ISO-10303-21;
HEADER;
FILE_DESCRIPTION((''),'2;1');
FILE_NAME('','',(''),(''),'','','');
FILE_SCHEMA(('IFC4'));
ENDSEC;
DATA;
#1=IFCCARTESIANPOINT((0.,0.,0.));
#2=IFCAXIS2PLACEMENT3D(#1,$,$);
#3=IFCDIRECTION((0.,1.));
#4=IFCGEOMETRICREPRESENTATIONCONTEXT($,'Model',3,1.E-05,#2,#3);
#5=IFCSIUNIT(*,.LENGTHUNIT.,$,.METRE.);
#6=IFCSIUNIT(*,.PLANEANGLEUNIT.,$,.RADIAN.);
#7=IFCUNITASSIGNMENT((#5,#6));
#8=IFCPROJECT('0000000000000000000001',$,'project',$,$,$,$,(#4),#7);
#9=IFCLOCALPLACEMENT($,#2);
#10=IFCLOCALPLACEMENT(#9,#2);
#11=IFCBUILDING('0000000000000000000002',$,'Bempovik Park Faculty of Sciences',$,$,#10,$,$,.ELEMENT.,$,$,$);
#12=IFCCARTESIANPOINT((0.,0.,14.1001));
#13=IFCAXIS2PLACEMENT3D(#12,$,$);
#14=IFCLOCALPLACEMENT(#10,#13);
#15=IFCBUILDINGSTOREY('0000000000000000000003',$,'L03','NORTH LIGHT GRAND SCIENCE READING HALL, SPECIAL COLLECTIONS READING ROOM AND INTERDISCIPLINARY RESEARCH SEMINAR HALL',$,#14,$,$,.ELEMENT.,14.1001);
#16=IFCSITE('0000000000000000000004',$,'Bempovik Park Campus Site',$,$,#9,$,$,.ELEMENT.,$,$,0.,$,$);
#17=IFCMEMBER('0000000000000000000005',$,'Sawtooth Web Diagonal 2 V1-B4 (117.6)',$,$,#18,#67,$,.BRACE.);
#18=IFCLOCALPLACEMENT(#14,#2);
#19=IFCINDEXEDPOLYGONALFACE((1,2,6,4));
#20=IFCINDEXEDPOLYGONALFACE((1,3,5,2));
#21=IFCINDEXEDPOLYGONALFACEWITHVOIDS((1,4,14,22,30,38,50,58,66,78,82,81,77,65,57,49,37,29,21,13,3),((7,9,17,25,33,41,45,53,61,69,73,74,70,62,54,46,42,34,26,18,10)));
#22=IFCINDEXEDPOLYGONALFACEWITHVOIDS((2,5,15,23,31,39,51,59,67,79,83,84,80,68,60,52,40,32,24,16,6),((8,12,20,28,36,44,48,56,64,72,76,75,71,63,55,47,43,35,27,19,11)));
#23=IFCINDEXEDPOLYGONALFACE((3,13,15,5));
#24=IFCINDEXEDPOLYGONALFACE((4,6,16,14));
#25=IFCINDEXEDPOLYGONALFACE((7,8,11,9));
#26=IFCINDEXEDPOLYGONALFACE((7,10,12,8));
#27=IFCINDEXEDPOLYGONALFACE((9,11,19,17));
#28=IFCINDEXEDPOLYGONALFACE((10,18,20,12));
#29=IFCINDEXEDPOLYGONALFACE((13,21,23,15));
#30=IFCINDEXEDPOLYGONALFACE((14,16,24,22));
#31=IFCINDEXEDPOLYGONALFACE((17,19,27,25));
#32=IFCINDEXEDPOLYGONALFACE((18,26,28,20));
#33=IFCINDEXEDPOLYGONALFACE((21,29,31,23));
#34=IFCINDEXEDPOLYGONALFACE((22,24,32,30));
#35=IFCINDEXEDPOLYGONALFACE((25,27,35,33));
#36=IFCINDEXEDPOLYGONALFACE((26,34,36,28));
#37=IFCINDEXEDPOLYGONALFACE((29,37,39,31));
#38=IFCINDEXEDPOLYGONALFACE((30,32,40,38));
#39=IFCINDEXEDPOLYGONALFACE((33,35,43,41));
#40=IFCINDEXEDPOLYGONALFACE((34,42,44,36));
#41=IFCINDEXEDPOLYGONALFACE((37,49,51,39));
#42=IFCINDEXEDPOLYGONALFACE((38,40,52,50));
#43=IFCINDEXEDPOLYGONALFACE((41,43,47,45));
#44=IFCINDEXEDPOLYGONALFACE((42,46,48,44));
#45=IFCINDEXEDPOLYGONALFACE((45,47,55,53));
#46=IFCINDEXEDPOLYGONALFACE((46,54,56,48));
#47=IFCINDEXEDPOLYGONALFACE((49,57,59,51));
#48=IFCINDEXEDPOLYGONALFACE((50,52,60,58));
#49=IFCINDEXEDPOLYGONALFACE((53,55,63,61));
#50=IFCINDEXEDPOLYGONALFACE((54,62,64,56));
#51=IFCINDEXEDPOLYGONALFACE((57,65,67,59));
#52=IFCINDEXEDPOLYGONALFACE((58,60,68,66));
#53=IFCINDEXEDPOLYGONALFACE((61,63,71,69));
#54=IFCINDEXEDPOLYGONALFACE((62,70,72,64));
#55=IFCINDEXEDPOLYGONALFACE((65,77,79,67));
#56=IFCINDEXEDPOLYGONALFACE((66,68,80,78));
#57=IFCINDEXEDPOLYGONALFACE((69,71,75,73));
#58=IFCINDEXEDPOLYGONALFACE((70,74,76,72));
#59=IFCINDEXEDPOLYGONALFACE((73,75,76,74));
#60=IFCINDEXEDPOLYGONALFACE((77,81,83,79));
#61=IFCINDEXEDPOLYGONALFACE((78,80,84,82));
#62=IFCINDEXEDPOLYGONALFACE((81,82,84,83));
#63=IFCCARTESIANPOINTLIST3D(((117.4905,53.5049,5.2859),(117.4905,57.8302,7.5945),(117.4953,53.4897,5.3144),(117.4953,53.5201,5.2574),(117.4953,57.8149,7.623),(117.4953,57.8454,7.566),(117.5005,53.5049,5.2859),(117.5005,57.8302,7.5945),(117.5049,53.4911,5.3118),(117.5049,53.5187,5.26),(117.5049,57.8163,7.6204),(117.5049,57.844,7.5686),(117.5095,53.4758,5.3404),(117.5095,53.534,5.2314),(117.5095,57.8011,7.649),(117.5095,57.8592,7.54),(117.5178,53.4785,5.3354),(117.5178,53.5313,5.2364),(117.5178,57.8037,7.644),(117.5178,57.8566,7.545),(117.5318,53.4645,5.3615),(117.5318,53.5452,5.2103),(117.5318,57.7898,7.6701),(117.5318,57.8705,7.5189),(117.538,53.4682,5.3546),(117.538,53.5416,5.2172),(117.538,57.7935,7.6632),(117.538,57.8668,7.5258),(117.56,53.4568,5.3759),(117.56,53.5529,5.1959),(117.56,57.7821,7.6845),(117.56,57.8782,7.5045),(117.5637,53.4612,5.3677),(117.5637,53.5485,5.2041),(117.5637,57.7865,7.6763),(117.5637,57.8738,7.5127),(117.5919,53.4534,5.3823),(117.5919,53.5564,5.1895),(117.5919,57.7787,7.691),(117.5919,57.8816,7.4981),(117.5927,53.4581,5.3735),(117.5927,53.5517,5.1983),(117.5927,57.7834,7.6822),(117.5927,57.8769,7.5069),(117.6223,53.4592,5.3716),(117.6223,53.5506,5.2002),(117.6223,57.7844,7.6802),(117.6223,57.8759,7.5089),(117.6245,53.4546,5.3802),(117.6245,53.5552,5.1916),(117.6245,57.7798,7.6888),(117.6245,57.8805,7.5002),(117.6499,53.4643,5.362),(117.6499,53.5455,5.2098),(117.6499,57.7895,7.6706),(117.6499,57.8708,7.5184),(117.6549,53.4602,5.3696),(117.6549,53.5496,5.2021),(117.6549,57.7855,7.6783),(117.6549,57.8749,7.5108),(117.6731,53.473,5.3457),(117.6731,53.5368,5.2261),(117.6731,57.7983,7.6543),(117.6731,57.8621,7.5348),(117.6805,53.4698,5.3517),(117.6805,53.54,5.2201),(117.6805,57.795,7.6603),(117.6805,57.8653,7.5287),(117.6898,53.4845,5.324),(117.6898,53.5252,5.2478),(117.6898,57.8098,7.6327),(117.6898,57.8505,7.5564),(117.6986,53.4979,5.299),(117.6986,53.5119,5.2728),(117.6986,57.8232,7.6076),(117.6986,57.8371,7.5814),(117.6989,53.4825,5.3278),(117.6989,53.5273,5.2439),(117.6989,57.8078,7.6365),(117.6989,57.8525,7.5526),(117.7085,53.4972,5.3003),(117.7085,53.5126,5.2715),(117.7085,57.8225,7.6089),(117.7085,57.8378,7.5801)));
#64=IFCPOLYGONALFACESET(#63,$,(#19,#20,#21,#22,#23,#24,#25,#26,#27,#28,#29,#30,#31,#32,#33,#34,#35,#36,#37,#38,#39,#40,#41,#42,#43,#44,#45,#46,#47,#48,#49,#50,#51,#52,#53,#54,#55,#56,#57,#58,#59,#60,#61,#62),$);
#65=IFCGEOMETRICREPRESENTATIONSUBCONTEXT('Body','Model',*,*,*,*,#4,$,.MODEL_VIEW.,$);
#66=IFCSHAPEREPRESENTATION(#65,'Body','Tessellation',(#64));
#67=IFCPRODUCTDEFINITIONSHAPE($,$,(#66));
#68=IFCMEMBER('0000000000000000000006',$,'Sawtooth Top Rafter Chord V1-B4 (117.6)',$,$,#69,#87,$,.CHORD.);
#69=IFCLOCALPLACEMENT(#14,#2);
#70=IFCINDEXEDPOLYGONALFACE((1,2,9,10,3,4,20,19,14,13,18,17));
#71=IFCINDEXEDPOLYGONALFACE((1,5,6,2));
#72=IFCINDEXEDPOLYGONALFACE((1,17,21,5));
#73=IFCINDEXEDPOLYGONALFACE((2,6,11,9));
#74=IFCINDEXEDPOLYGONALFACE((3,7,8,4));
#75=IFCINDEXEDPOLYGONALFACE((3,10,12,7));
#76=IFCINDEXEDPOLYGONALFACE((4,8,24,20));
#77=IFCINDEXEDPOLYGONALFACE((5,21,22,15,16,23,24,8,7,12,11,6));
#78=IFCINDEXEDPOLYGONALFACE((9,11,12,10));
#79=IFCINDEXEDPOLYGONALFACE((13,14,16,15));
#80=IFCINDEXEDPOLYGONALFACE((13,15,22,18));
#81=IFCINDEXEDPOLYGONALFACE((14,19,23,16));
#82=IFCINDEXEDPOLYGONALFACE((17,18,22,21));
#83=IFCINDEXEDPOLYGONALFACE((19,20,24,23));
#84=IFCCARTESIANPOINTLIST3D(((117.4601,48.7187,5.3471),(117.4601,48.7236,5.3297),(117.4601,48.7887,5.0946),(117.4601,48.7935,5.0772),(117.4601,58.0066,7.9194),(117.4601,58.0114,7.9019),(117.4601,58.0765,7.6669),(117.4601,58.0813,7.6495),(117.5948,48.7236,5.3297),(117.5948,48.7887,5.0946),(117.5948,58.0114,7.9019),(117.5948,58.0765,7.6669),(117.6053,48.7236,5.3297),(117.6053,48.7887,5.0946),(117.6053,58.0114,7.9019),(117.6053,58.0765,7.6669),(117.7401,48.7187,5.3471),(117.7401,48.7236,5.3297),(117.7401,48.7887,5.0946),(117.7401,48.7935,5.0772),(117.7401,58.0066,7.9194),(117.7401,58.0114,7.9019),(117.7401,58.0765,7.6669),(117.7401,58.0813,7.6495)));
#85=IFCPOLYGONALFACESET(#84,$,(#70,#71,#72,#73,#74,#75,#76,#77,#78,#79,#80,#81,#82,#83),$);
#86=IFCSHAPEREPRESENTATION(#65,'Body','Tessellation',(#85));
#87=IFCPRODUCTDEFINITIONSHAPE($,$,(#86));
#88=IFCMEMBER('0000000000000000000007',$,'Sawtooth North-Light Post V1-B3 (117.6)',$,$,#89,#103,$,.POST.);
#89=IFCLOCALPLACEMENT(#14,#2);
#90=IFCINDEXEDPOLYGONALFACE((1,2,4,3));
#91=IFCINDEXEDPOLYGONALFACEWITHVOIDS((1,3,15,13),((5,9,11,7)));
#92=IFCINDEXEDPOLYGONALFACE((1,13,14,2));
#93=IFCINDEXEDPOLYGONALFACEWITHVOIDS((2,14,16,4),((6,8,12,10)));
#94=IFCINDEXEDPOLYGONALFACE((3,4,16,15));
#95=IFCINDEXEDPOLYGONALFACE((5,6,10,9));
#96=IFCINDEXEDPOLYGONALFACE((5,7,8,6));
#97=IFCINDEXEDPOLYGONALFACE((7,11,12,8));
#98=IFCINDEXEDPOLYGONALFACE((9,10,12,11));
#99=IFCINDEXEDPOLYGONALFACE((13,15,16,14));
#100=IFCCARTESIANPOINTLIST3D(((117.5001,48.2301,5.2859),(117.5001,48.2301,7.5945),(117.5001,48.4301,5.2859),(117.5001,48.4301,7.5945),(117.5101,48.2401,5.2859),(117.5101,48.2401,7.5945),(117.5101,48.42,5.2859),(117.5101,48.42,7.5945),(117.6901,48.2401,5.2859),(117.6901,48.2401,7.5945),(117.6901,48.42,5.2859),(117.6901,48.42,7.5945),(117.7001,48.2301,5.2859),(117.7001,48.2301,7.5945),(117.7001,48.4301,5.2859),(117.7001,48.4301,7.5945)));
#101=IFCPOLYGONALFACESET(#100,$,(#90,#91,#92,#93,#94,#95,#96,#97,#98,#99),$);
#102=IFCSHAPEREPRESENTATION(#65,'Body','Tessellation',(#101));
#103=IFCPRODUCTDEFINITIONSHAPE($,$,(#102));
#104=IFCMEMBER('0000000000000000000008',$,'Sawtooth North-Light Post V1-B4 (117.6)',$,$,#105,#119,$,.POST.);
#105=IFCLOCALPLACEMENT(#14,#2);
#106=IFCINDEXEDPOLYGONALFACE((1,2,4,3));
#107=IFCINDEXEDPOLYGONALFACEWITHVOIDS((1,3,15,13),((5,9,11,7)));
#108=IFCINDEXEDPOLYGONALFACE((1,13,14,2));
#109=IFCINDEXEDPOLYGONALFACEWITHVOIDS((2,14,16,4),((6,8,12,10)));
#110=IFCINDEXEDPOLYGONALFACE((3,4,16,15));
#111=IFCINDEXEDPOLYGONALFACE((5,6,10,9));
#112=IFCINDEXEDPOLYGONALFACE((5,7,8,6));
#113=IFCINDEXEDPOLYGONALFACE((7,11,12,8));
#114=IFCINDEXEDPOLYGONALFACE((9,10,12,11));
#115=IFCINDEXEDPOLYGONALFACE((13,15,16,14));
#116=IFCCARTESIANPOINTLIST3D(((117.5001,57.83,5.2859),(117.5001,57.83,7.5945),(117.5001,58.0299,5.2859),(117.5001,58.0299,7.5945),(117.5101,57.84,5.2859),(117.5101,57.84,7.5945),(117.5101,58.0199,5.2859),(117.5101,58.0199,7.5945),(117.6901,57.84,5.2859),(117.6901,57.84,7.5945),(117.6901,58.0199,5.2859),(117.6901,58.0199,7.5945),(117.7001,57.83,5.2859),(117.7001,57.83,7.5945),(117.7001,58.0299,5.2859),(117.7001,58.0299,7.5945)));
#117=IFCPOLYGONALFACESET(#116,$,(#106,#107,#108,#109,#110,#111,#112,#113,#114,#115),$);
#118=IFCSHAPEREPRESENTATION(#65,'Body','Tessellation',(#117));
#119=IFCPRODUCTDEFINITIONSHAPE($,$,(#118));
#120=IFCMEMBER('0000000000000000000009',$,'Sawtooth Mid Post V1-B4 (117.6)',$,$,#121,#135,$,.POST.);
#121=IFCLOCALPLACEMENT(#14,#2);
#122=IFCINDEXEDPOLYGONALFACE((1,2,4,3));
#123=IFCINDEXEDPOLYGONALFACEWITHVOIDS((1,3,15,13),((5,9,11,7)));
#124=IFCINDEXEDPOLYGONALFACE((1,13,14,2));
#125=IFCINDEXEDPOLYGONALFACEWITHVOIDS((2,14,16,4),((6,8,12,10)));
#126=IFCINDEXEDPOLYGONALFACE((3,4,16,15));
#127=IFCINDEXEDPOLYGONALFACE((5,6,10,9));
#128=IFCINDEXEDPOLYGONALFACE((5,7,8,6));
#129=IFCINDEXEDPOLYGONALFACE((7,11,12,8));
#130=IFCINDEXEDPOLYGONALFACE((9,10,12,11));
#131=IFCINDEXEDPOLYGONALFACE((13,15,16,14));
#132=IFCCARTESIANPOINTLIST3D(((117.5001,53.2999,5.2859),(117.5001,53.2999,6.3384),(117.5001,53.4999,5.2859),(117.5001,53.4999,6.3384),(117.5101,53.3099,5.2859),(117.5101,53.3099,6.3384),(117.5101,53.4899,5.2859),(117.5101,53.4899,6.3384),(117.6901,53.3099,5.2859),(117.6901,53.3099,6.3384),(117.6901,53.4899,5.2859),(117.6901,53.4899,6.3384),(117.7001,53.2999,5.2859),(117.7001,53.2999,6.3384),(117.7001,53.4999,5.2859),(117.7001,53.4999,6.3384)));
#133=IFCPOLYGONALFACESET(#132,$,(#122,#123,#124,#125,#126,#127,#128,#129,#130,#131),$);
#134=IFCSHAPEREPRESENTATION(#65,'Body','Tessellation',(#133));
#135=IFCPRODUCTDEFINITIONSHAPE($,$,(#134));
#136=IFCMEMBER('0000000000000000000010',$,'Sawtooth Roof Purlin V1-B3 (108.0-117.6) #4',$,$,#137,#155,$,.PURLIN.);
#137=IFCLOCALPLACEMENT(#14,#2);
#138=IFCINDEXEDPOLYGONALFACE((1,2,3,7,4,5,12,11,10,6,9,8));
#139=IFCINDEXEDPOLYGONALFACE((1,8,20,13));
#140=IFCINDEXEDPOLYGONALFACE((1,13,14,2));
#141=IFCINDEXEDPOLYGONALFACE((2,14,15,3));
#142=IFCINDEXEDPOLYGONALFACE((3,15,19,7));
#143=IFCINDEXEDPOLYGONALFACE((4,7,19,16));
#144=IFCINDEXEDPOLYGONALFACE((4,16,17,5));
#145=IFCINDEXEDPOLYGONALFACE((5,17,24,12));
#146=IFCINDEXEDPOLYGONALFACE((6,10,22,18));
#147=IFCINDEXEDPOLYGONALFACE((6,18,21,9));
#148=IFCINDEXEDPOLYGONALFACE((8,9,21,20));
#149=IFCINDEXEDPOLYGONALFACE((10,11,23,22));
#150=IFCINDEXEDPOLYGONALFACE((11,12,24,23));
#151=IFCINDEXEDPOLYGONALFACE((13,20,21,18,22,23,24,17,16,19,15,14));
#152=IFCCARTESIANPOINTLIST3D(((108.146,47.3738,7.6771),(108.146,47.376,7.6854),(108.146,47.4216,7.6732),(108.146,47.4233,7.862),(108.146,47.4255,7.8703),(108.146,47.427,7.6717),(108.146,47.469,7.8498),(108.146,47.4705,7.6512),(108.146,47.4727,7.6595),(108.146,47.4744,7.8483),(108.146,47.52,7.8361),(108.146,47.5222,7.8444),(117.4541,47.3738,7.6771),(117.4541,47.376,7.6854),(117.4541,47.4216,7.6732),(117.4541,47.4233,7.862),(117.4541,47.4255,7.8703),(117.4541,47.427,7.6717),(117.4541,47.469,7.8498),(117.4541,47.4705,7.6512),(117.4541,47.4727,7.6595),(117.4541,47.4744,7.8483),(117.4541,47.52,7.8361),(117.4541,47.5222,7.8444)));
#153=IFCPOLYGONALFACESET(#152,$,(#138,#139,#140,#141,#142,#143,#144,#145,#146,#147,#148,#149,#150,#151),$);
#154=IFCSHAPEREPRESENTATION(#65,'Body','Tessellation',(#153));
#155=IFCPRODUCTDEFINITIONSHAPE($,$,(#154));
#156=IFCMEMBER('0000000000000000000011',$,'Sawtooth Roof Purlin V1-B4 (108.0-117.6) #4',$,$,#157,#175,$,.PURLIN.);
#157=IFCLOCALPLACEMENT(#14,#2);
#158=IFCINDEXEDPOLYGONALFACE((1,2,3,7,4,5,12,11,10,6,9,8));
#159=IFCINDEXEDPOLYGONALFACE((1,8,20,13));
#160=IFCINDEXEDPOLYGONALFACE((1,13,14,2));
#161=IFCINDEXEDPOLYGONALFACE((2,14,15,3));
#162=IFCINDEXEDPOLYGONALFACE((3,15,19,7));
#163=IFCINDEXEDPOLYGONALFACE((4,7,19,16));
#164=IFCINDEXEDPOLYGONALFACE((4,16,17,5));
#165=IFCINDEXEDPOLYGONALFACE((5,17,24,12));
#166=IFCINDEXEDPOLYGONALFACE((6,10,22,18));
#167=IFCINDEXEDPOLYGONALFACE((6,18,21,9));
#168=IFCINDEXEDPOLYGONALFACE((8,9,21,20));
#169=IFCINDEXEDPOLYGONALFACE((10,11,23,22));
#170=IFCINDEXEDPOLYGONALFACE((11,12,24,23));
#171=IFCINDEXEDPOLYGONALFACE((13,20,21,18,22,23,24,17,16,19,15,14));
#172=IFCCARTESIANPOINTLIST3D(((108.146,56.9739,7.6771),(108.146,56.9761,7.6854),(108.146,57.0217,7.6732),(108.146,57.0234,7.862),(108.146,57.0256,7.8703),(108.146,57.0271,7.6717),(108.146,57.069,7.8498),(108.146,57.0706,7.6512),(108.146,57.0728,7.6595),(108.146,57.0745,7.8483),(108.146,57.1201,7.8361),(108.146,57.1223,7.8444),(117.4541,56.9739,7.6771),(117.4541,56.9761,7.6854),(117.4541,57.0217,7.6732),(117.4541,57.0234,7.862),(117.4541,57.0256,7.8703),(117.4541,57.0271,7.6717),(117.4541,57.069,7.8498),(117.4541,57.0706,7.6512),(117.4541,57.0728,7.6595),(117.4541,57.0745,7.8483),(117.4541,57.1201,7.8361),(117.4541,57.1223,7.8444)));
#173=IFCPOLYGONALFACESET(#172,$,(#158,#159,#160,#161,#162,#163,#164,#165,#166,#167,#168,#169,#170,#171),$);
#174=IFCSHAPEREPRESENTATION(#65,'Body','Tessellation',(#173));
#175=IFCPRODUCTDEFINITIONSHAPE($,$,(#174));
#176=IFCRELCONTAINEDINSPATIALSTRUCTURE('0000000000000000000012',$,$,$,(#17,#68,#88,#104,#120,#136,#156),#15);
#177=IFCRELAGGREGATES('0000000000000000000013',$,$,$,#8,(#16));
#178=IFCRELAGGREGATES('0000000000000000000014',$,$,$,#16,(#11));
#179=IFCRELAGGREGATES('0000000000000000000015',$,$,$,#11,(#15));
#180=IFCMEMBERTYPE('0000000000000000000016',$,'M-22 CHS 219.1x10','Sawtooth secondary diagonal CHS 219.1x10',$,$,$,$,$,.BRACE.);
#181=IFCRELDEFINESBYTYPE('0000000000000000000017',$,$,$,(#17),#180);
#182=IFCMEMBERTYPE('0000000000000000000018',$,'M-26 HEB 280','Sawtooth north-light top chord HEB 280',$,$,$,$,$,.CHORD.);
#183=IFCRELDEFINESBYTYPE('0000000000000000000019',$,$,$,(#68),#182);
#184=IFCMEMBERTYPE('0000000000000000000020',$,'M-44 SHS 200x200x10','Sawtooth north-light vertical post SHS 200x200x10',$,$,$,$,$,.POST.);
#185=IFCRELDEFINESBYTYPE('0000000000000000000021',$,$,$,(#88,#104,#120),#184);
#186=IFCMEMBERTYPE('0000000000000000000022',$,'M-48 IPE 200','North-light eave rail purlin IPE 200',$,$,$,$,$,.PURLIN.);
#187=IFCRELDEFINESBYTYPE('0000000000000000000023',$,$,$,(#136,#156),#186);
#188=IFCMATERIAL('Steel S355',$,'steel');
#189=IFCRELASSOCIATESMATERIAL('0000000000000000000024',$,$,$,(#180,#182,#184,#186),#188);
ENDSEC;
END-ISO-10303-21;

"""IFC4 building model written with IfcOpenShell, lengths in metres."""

from ifc_helpers import new_model, si_unit, direction, frame, origin, origin_2d, place, context, subcontext, project, spatial, hollow_rectangle, hollow_circle, i_section, extrude, material, material_profile, profile_set, type_object, element, save


model = new_model("IFC4")

# Units and contexts
model_context = context("Model", 3, precision=1e-05, world=origin(), true_north=direction((0.0, 1.0)))
body_context = subcontext(model_context, "Body", "Model", "MODEL_VIEW")
ifc_project = project(units=[si_unit("LENGTHUNIT", "METRE"), si_unit("PLANEANGLEUNIT", "RADIAN")], contexts=[model_context])

# Site, building, storey
site_placement = place(None, origin())
site = spatial("IfcSite", under=ifc_project, at=site_placement, Name="Bempovik Park Campus Site", CompositionType="ELEMENT", RefElevation=0.0)
building_placement = place(site_placement, origin())
building = spatial("IfcBuilding", under=site, at=building_placement, Name="Bempovik Park Faculty of Sciences", CompositionType="ELEMENT")
storey_placement = place(building_placement, frame((0.0, 0.0, 14.1001)))
storey = spatial("IfcBuildingStorey", under=building, at=storey_placement, Name="L03", Description="NORTH LIGHT GRAND SCIENCE READING HALL, SPECIAL COLLECTIONS READING ROOM AND INTERDISCIPLINARY RESEARCH SEMINAR HALL", CompositionType="ELEMENT", Elevation=14.1001)

# Shared definitions
ifc_material_1 = material(Name="Steel S355", Category="steel")

# Members
ifc_material_profile_1 = material_profile(ifc_material_1, hollow_circle(Radius=0.1096, WallThickness=0.01, at=origin_2d()), Name="CHS 219.1x10")
ifc_profile_set_1 = profile_set([ifc_material_profile_1], Name="Steel S355")
member_type_1 = type_object("IfcMemberType", Name="M-22 CHS 219.1x10", Description="Sawtooth secondary diagonal CHS 219.1x10", PredefinedType="BRACE", material=ifc_profile_set_1)
member_1_placement = place(storey_placement, frame((117.6001, 53.5049, 5.2859), z_axis=(0.0, 0.882199, 0.470878), x_axis=(-1.0, 0.0, 0.0)))
element("IfcMember", 1, at=member_1_placement, inside=storey, type_object=member_type_1, Name="Sawtooth Web Diagonal 2 V1-B4 (117.6)", PredefinedType="BRACE", context=body_context, shape_type="SweptSolid", body=[
    extrude(hollow_circle(Radius=0.1096, WallThickness=0.01, at=origin_2d()), origin(), (0.0, 0.0, 1.0), 4.9028),
])
ifc_material_profile_2 = material_profile(ifc_material_1, i_section(OverallWidth=0.28, OverallDepth=0.28, WebThickness=0.0105, FlangeThickness=0.0181, at=origin_2d()), Name="HEB 280")
ifc_profile_set_2 = profile_set([ifc_material_profile_2], Name="Steel S355")
member_type_2 = type_object("IfcMemberType", Name="M-26 HEB 280", Description="Sawtooth north-light top chord HEB 280", PredefinedType="CHORD", material=ifc_profile_set_2)
member_2_placement = place(storey_placement, frame((117.6001, 48.7561, 5.2122), z_axis=(0.0, 0.963723, 0.266903), x_axis=(-1.0, 0.0, 0.0)))
element("IfcMember", 2, at=member_2_placement, inside=storey, type_object=member_type_2, Name="Sawtooth Top Rafter Chord V1-B4 (117.6)", PredefinedType="CHORD", context=body_context, shape_type="SweptSolid", body=[
    extrude(i_section(OverallWidth=0.28, OverallDepth=0.28, WebThickness=0.0105, FlangeThickness=0.0181, at=origin_2d()), origin(), (0.0, 0.0, 1.0), 9.6375),
])
ifc_material_profile_3 = material_profile(ifc_material_1, hollow_rectangle(XDim=0.2, YDim=0.2, WallThickness=0.01, at=origin_2d()), Name="SHS 200x200x10")
ifc_profile_set_3 = profile_set([ifc_material_profile_3], Name="Steel S355")
member_type_3 = type_object("IfcMemberType", Name="M-44 SHS 200x200x10", Description="Sawtooth north-light vertical post SHS 200x200x10", PredefinedType="POST", material=ifc_profile_set_3)
for number, where, z_axis, x_axis, name in (
    (3, (117.6001, 48.3301, 5.2859), (0.0, 0.0, 1.0), (1.0, 0.0, 0.0), "Sawtooth North-Light Post V1-B3 (117.6)"),
    (4, (117.6001, 57.9299, 5.2859), (0.0, 0.0, 1.0), (1.0, 0.0, 0.0), "Sawtooth North-Light Post V1-B4 (117.6)"),
):
    element("IfcMember", number, at=place(storey_placement, frame(where, z_axis=z_axis, x_axis=x_axis)), inside=storey, type_object=member_type_3, Name=name, PredefinedType="POST", context=body_context, shape_type="SweptSolid", body=[
        extrude(hollow_rectangle(XDim=0.2, YDim=0.2, WallThickness=0.01, at=origin_2d()), origin(), (0.0, 0.0, 1.0), 2.3086),
    ])
member_3_placement = place(storey_placement, frame((117.6001, 53.3999, 5.2859), z_axis=(0.0, 0.0, 1.0), x_axis=(1.0, 0.0, 0.0)))
element("IfcMember", 5, at=member_3_placement, inside=storey, type_object=member_type_3, Name="Sawtooth Mid Post V1-B4 (117.6)", PredefinedType="POST", context=body_context, shape_type="SweptSolid", body=[
    extrude(hollow_rectangle(XDim=0.2, YDim=0.2, WallThickness=0.01, at=origin_2d()), origin(), (0.0, 0.0, 1.0), 1.0525),
])
ifc_material_profile_4 = material_profile(ifc_material_1, i_section(OverallWidth=0.1001, OverallDepth=0.2, WebThickness=0.0056, FlangeThickness=0.0085, at=origin_2d()), Name="IPE 200")
ifc_profile_set_4 = profile_set([ifc_material_profile_4], Name="Steel S355")
member_type_4 = type_object("IfcMemberType", Name="M-48 IPE 200", Description="North-light eave rail purlin IPE 200", PredefinedType="PURLIN", material=ifc_profile_set_4)
for number, where, z_axis, x_axis, name in (
    (6, (108.146, 47.448, 7.7607), (1.0, 0.0, 0.0), (0.0, 0.965926, -0.258819), "Sawtooth Roof Purlin V1-B3 (108.0-117.6) #4"),
    (7, (108.146, 57.0481, 7.7607), (1.0, 0.0, 0.0), (0.0, 0.965926, -0.258819), "Sawtooth Roof Purlin V1-B4 (108.0-117.6) #4"),
):
    element("IfcMember", number, at=place(storey_placement, frame(where, z_axis=z_axis, x_axis=x_axis)), inside=storey, type_object=member_type_4, Name=name, PredefinedType="PURLIN", context=body_context, shape_type="SweptSolid", body=[
        extrude(i_section(OverallWidth=0.1001, OverallDepth=0.2, WebThickness=0.0056, FlangeThickness=0.0085, at=origin_2d()), origin(), (0.0, 0.0, 1.0), 9.3081),
    ])

save(model, "model.ifc")
